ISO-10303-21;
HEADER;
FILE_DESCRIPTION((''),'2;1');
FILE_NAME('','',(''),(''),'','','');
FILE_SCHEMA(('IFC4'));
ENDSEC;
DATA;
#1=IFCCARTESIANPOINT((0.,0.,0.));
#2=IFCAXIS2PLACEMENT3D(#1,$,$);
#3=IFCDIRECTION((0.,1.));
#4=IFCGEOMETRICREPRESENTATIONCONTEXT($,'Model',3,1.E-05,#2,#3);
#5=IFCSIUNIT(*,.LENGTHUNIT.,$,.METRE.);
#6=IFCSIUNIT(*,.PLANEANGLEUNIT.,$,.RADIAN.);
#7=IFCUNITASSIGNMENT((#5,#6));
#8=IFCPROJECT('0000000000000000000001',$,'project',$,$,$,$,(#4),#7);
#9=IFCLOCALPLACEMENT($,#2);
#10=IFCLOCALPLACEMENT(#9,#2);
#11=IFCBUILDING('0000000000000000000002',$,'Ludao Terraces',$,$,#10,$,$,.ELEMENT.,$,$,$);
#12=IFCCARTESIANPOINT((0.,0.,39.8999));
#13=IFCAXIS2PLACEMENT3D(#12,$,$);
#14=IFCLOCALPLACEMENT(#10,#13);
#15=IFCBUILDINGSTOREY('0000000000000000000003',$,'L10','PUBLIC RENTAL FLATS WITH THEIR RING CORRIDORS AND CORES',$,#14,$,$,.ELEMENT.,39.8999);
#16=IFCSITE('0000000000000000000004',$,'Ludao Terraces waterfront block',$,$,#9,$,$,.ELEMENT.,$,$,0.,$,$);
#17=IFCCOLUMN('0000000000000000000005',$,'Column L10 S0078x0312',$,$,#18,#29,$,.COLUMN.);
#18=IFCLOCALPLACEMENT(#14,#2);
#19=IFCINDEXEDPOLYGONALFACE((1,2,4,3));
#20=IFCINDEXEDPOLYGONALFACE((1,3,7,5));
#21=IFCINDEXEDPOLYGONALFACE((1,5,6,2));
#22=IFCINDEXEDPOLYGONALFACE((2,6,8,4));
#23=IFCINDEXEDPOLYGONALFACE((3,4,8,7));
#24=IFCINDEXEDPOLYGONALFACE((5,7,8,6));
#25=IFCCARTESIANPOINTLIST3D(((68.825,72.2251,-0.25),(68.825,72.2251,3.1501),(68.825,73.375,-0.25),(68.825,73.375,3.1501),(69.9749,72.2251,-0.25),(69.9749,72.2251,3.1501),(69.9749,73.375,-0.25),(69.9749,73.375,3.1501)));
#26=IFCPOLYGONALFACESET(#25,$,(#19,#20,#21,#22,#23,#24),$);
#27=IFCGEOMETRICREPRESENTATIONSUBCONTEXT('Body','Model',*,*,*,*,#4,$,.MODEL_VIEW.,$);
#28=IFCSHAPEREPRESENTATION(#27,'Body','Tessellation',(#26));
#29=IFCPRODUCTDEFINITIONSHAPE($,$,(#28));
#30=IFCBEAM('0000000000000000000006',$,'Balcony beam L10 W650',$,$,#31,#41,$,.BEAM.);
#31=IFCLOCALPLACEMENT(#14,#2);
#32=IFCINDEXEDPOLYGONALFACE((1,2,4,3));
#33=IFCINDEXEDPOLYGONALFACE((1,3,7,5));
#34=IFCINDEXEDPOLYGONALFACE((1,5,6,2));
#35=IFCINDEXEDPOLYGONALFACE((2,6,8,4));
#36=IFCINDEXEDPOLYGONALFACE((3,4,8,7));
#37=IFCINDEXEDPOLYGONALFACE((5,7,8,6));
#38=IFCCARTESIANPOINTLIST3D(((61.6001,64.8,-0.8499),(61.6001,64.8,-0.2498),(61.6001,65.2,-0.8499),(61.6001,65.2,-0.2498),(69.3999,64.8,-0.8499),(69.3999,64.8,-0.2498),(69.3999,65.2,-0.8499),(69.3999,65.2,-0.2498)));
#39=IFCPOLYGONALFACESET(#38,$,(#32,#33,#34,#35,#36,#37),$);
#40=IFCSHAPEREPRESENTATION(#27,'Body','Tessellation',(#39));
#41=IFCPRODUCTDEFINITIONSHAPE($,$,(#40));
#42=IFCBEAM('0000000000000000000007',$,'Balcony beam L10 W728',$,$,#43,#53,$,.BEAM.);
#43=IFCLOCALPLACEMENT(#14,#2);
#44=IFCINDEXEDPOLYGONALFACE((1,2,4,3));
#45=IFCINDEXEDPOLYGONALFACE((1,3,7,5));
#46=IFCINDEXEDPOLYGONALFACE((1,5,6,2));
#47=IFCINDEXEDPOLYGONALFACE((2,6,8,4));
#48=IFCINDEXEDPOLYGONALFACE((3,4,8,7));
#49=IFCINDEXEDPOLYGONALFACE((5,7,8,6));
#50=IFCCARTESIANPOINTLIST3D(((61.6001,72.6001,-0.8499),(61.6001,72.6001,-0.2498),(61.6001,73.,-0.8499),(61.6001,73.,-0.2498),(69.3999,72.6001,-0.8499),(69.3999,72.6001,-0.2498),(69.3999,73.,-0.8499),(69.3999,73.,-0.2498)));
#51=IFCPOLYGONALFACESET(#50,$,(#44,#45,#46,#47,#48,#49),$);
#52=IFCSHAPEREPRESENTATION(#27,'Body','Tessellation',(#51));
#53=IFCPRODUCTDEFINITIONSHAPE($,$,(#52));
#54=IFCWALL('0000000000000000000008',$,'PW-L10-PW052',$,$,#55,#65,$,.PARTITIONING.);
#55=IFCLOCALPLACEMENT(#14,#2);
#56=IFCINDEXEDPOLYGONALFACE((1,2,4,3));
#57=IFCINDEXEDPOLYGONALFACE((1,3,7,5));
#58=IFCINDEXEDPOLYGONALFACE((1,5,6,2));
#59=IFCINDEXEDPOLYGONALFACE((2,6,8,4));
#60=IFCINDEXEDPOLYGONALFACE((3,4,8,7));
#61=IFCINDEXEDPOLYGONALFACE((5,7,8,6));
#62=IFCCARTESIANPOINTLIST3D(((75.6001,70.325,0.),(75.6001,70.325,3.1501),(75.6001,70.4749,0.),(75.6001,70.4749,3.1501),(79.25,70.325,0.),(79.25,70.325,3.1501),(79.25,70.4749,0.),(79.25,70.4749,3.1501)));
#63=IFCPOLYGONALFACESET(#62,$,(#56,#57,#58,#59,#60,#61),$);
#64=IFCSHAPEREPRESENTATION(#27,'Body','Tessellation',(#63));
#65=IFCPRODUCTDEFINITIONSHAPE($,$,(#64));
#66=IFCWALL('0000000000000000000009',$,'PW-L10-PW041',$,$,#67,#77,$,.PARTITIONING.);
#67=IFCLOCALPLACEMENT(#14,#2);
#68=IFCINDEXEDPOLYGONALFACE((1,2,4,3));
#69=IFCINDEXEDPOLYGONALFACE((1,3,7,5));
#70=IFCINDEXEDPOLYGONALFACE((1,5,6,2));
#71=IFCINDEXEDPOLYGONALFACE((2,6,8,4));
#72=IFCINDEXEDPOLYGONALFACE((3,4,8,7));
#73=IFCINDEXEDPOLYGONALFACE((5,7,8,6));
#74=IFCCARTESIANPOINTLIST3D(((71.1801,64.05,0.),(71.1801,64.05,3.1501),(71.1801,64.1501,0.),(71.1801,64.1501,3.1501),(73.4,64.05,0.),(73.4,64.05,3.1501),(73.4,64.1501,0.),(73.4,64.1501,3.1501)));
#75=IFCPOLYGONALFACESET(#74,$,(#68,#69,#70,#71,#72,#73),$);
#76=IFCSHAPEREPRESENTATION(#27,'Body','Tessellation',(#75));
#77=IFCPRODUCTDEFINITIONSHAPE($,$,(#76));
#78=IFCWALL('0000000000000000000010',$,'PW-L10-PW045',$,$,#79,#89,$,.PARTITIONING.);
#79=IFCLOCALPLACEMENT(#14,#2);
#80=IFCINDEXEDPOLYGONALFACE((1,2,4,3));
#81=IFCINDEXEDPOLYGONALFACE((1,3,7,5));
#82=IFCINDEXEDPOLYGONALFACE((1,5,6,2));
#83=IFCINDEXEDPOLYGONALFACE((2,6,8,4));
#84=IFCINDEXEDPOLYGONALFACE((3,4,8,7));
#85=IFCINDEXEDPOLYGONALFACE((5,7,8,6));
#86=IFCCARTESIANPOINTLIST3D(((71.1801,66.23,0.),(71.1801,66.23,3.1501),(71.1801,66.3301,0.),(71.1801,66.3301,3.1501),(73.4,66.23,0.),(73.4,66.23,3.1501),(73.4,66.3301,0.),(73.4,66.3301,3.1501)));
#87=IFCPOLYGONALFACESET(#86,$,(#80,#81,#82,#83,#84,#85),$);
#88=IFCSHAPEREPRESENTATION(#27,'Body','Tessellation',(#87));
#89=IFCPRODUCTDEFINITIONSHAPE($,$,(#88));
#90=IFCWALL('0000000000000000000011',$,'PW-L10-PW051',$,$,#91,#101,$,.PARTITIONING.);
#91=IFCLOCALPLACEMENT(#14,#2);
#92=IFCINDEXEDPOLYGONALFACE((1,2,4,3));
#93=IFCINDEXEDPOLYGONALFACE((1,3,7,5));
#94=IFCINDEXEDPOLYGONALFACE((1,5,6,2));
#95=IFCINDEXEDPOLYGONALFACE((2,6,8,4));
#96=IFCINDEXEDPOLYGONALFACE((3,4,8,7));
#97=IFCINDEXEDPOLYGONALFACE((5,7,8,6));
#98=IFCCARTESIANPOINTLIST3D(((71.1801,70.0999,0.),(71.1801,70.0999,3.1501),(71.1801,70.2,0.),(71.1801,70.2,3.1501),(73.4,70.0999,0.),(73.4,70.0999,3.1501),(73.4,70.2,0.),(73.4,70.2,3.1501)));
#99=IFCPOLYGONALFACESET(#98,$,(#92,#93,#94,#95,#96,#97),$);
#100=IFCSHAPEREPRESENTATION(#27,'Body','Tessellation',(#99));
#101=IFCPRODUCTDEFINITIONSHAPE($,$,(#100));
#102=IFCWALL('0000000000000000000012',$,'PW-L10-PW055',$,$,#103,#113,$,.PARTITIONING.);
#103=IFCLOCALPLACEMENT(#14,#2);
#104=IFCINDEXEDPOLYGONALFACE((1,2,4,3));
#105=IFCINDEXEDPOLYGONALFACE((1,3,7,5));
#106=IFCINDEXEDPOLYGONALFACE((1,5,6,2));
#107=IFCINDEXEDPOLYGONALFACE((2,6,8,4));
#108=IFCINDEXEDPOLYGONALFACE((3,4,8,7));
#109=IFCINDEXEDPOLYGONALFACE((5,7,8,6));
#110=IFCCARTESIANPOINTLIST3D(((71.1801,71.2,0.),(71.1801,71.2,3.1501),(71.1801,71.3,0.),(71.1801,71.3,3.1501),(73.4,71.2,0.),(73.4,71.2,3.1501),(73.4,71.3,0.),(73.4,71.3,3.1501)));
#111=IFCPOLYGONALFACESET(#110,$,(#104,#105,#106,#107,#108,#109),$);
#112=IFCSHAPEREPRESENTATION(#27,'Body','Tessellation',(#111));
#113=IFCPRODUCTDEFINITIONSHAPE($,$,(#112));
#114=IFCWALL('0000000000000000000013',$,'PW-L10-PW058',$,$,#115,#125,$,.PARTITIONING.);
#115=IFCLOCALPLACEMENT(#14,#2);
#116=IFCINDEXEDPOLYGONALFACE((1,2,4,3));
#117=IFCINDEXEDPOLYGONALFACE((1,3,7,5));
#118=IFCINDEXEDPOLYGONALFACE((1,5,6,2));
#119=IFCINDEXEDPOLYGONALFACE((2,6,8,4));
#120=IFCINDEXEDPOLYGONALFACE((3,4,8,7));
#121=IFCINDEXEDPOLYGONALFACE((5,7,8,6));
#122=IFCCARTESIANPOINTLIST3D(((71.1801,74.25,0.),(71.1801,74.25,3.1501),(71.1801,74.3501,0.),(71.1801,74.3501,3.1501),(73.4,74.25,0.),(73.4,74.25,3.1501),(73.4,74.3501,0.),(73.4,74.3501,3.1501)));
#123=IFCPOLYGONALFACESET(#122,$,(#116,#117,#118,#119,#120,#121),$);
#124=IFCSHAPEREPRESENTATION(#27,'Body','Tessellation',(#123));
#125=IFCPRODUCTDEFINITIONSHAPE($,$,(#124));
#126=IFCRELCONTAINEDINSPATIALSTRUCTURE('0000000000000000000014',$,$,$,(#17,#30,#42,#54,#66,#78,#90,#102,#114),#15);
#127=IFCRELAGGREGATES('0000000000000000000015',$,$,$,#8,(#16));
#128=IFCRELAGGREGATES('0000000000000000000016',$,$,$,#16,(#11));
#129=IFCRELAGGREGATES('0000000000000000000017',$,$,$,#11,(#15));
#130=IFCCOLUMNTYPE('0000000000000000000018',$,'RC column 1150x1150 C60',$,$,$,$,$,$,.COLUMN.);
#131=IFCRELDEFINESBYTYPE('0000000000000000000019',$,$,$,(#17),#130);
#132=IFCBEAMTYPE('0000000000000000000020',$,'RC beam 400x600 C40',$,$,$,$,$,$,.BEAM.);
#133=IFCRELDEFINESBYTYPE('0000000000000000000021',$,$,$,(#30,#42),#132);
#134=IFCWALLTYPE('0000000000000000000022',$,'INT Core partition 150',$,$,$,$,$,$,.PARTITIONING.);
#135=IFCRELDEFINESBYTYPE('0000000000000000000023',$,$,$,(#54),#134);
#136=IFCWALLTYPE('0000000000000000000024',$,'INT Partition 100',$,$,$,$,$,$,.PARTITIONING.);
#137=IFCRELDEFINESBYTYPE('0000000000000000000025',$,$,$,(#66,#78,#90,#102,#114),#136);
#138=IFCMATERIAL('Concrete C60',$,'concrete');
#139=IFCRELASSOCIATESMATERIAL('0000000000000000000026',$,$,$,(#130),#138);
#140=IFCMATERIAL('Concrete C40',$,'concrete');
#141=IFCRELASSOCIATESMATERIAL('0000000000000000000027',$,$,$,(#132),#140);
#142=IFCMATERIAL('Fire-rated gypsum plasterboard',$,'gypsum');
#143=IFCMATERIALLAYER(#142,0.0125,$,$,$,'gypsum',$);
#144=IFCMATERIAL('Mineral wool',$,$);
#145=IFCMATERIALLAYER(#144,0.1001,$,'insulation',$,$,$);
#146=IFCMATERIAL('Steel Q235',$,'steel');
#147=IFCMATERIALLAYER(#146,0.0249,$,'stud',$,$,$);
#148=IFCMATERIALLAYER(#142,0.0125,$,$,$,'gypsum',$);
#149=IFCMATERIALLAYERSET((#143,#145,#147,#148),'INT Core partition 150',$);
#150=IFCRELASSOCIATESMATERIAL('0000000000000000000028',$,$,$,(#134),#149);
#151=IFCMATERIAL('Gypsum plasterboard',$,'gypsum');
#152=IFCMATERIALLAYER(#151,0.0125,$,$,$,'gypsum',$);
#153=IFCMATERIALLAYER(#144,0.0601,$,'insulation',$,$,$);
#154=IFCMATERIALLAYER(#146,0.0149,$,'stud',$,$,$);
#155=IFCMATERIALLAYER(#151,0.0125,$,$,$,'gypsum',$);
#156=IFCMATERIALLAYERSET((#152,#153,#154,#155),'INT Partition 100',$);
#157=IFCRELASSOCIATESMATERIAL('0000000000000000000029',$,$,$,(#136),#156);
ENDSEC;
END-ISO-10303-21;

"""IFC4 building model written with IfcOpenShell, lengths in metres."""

from ifc_helpers import new_model, si_unit, direction, frame, frame_2d, origin, origin_2d, place, context, subcontext, project, spatial, rectangle, extrude, material, layer, layer_set, material_profile, profile_set, type_object, element, save


model = new_model("IFC4")

# Units and contexts
model_context = context("Model", 3, precision=1e-05, world=origin(), true_north=direction((0.0, 1.0)))
body_context = subcontext(model_context, "Body", "Model", "MODEL_VIEW")
ifc_project = project(units=[si_unit("LENGTHUNIT", "METRE"), si_unit("PLANEANGLEUNIT", "RADIAN")], contexts=[model_context])

# Site, building, storey
site_placement = place(None, origin())
site = spatial("IfcSite", under=ifc_project, at=site_placement, Name="Ludao Terraces waterfront block", CompositionType="ELEMENT", RefElevation=0.0)
building_placement = place(site_placement, origin())
building = spatial("IfcBuilding", under=site, at=building_placement, Name="Ludao Terraces", CompositionType="ELEMENT")
storey_placement = place(building_placement, frame((0.0, 0.0, 39.8999)))
storey = spatial("IfcBuildingStorey", under=building, at=storey_placement, Name="L10", Description="PUBLIC RENTAL FLATS WITH THEIR RING CORRIDORS AND CORES", CompositionType="ELEMENT", Elevation=39.8999)

# Column
ifc_material_1 = material(Name="Concrete C60", Category="concrete")
ifc_material_profile_1 = material_profile(ifc_material_1, rectangle(XDim=1.1499, YDim=1.1499, at=origin_2d()), Name="1150 X 1150")
ifc_profile_set_1 = profile_set([ifc_material_profile_1], Name="Concrete C60")
column_type = type_object("IfcColumnType", Name="RC column 1150x1150 C60", PredefinedType="COLUMN", material=ifc_profile_set_1)
column_placement = place(storey_placement, frame((69.3999, 72.8, -0.25), z_axis=(0.0, 0.0, 1.0), x_axis=(1.0, 0.0, 0.0)))
element("IfcColumn", 1, at=column_placement, inside=storey, type_object=column_type, Name="Column L10 S0078x0312", PredefinedType="COLUMN", context=body_context, shape_type="SweptSolid", body=[
    extrude(rectangle(XDim=1.1499, YDim=1.1499, at=origin_2d()), origin(), (0.0, 0.0, 1.0), 3.4001),
])

# Beams
ifc_material_2 = material(Name="Concrete C40", Category="concrete")
ifc_material_profile_2 = material_profile(ifc_material_2, rectangle(XDim=0.3999, YDim=0.6001, at=origin_2d()), Name="400 X 600")
ifc_profile_set_2 = profile_set([ifc_material_profile_2], Name="Concrete C40")
beam_type = type_object("IfcBeamType", Name="RC beam 400x600 C40", PredefinedType="BEAM", material=ifc_profile_set_2)
for number, where, z_axis, x_axis, name in (
    (2, (69.3999, 65.0, -0.5498), (-1.0, 0.0, 0.0), (0.0, -1.0, 0.0), "Balcony beam L10 W650"),
    (3, (69.3999, 72.8, -0.5498), (-1.0, 0.0, 0.0), (0.0, -1.0, 0.0), "Balcony beam L10 W728"),
):
    element("IfcBeam", number, at=place(storey_placement, frame(where, z_axis=z_axis, x_axis=x_axis)), inside=storey, type_object=beam_type, Name=name, PredefinedType="BEAM", context=body_context, shape_type="SweptSolid", body=[
        extrude(rectangle(XDim=0.3999, YDim=0.6001, at=origin_2d()), origin(), (0.0, 0.0, 1.0), 7.7998),
    ])

# Walls
ifc_material_3 = material(Name="Fire-rated gypsum plasterboard", Category="gypsum")
ifc_layer_1 = layer(ifc_material_3, 0.0125, Category="gypsum")
ifc_material_4 = material(Name="Mineral wool")
ifc_layer_2 = layer(ifc_material_4, 0.1001, Name="insulation")
ifc_material_5 = material(Name="Steel Q235", Category="steel")
ifc_layer_3 = layer(ifc_material_5, 0.0249, Name="stud")
ifc_layer_4 = layer(ifc_material_3, 0.0125, Category="gypsum")
ifc_layer_set_1 = layer_set([ifc_layer_1, ifc_layer_2, ifc_layer_3, ifc_layer_4], Name="INT Core partition 150")
wall_type_1 = type_object("IfcWallType", Name="INT Core partition 150", PredefinedType="PARTITIONING", material=ifc_layer_set_1)
wall_1_placement = place(storey_placement, frame((75.6001, 70.3999, 0.0), z_axis=(0.0, 0.0, 1.0), x_axis=(1.0, 0.0, 0.0)))
element("IfcWall", 4, at=wall_1_placement, inside=storey, type_object=wall_type_1, Name="PW-L10-PW052", PredefinedType="PARTITIONING", context=body_context, shape_type="SweptSolid", body=[
    extrude(rectangle(XDim=3.6499, YDim=0.1499, at=frame_2d((1.825, 0.0))), origin(), (0.0, 0.0, 1.0), 3.1501),
])
ifc_material_6 = material(Name="Gypsum plasterboard", Category="gypsum")
ifc_layer_5 = layer(ifc_material_6, 0.0125, Category="gypsum")
ifc_layer_6 = layer(ifc_material_4, 0.0601, Name="insulation")
ifc_layer_7 = layer(ifc_material_5, 0.0149, Name="stud")
ifc_layer_8 = layer(ifc_material_6, 0.0125, Category="gypsum")
ifc_layer_set_2 = layer_set([ifc_layer_5, ifc_layer_6, ifc_layer_7, ifc_layer_8], Name="INT Partition 100")
wall_type_2 = type_object("IfcWallType", Name="INT Partition 100", PredefinedType="PARTITIONING", material=ifc_layer_set_2)
for number, where, z_axis, x_axis, name in (
    (5, (71.1802, 64.1001, 0.0), (0.0, 0.0, 1.0), (1.0, 0.0, 0.0), "PW-L10-PW041"),
    (6, (71.1802, 66.28, 0.0), (0.0, 0.0, 1.0), (1.0, 0.0, 0.0), "PW-L10-PW045"),
    (7, (71.1802, 70.1499, 0.0), (0.0, 0.0, 1.0), (1.0, 0.0, 0.0), "PW-L10-PW051"),
    (8, (71.1802, 71.25, 0.0), (0.0, 0.0, 1.0), (1.0, 0.0, 0.0), "PW-L10-PW055"),
    (9, (71.1802, 74.3, 0.0), (0.0, 0.0, 1.0), (1.0, 0.0, 0.0), "PW-L10-PW058"),
):
    element("IfcWall", number, at=place(storey_placement, frame(where, z_axis=z_axis, x_axis=x_axis)), inside=storey, type_object=wall_type_2, Name=name, PredefinedType="PARTITIONING", context=body_context, shape_type="SweptSolid", body=[
        extrude(rectangle(XDim=2.22, YDim=0.1001, at=frame_2d((1.1099, 0.0))), origin(), (0.0, 0.0, 1.0), 3.1501),
    ])

save(model, "model.ifc")
